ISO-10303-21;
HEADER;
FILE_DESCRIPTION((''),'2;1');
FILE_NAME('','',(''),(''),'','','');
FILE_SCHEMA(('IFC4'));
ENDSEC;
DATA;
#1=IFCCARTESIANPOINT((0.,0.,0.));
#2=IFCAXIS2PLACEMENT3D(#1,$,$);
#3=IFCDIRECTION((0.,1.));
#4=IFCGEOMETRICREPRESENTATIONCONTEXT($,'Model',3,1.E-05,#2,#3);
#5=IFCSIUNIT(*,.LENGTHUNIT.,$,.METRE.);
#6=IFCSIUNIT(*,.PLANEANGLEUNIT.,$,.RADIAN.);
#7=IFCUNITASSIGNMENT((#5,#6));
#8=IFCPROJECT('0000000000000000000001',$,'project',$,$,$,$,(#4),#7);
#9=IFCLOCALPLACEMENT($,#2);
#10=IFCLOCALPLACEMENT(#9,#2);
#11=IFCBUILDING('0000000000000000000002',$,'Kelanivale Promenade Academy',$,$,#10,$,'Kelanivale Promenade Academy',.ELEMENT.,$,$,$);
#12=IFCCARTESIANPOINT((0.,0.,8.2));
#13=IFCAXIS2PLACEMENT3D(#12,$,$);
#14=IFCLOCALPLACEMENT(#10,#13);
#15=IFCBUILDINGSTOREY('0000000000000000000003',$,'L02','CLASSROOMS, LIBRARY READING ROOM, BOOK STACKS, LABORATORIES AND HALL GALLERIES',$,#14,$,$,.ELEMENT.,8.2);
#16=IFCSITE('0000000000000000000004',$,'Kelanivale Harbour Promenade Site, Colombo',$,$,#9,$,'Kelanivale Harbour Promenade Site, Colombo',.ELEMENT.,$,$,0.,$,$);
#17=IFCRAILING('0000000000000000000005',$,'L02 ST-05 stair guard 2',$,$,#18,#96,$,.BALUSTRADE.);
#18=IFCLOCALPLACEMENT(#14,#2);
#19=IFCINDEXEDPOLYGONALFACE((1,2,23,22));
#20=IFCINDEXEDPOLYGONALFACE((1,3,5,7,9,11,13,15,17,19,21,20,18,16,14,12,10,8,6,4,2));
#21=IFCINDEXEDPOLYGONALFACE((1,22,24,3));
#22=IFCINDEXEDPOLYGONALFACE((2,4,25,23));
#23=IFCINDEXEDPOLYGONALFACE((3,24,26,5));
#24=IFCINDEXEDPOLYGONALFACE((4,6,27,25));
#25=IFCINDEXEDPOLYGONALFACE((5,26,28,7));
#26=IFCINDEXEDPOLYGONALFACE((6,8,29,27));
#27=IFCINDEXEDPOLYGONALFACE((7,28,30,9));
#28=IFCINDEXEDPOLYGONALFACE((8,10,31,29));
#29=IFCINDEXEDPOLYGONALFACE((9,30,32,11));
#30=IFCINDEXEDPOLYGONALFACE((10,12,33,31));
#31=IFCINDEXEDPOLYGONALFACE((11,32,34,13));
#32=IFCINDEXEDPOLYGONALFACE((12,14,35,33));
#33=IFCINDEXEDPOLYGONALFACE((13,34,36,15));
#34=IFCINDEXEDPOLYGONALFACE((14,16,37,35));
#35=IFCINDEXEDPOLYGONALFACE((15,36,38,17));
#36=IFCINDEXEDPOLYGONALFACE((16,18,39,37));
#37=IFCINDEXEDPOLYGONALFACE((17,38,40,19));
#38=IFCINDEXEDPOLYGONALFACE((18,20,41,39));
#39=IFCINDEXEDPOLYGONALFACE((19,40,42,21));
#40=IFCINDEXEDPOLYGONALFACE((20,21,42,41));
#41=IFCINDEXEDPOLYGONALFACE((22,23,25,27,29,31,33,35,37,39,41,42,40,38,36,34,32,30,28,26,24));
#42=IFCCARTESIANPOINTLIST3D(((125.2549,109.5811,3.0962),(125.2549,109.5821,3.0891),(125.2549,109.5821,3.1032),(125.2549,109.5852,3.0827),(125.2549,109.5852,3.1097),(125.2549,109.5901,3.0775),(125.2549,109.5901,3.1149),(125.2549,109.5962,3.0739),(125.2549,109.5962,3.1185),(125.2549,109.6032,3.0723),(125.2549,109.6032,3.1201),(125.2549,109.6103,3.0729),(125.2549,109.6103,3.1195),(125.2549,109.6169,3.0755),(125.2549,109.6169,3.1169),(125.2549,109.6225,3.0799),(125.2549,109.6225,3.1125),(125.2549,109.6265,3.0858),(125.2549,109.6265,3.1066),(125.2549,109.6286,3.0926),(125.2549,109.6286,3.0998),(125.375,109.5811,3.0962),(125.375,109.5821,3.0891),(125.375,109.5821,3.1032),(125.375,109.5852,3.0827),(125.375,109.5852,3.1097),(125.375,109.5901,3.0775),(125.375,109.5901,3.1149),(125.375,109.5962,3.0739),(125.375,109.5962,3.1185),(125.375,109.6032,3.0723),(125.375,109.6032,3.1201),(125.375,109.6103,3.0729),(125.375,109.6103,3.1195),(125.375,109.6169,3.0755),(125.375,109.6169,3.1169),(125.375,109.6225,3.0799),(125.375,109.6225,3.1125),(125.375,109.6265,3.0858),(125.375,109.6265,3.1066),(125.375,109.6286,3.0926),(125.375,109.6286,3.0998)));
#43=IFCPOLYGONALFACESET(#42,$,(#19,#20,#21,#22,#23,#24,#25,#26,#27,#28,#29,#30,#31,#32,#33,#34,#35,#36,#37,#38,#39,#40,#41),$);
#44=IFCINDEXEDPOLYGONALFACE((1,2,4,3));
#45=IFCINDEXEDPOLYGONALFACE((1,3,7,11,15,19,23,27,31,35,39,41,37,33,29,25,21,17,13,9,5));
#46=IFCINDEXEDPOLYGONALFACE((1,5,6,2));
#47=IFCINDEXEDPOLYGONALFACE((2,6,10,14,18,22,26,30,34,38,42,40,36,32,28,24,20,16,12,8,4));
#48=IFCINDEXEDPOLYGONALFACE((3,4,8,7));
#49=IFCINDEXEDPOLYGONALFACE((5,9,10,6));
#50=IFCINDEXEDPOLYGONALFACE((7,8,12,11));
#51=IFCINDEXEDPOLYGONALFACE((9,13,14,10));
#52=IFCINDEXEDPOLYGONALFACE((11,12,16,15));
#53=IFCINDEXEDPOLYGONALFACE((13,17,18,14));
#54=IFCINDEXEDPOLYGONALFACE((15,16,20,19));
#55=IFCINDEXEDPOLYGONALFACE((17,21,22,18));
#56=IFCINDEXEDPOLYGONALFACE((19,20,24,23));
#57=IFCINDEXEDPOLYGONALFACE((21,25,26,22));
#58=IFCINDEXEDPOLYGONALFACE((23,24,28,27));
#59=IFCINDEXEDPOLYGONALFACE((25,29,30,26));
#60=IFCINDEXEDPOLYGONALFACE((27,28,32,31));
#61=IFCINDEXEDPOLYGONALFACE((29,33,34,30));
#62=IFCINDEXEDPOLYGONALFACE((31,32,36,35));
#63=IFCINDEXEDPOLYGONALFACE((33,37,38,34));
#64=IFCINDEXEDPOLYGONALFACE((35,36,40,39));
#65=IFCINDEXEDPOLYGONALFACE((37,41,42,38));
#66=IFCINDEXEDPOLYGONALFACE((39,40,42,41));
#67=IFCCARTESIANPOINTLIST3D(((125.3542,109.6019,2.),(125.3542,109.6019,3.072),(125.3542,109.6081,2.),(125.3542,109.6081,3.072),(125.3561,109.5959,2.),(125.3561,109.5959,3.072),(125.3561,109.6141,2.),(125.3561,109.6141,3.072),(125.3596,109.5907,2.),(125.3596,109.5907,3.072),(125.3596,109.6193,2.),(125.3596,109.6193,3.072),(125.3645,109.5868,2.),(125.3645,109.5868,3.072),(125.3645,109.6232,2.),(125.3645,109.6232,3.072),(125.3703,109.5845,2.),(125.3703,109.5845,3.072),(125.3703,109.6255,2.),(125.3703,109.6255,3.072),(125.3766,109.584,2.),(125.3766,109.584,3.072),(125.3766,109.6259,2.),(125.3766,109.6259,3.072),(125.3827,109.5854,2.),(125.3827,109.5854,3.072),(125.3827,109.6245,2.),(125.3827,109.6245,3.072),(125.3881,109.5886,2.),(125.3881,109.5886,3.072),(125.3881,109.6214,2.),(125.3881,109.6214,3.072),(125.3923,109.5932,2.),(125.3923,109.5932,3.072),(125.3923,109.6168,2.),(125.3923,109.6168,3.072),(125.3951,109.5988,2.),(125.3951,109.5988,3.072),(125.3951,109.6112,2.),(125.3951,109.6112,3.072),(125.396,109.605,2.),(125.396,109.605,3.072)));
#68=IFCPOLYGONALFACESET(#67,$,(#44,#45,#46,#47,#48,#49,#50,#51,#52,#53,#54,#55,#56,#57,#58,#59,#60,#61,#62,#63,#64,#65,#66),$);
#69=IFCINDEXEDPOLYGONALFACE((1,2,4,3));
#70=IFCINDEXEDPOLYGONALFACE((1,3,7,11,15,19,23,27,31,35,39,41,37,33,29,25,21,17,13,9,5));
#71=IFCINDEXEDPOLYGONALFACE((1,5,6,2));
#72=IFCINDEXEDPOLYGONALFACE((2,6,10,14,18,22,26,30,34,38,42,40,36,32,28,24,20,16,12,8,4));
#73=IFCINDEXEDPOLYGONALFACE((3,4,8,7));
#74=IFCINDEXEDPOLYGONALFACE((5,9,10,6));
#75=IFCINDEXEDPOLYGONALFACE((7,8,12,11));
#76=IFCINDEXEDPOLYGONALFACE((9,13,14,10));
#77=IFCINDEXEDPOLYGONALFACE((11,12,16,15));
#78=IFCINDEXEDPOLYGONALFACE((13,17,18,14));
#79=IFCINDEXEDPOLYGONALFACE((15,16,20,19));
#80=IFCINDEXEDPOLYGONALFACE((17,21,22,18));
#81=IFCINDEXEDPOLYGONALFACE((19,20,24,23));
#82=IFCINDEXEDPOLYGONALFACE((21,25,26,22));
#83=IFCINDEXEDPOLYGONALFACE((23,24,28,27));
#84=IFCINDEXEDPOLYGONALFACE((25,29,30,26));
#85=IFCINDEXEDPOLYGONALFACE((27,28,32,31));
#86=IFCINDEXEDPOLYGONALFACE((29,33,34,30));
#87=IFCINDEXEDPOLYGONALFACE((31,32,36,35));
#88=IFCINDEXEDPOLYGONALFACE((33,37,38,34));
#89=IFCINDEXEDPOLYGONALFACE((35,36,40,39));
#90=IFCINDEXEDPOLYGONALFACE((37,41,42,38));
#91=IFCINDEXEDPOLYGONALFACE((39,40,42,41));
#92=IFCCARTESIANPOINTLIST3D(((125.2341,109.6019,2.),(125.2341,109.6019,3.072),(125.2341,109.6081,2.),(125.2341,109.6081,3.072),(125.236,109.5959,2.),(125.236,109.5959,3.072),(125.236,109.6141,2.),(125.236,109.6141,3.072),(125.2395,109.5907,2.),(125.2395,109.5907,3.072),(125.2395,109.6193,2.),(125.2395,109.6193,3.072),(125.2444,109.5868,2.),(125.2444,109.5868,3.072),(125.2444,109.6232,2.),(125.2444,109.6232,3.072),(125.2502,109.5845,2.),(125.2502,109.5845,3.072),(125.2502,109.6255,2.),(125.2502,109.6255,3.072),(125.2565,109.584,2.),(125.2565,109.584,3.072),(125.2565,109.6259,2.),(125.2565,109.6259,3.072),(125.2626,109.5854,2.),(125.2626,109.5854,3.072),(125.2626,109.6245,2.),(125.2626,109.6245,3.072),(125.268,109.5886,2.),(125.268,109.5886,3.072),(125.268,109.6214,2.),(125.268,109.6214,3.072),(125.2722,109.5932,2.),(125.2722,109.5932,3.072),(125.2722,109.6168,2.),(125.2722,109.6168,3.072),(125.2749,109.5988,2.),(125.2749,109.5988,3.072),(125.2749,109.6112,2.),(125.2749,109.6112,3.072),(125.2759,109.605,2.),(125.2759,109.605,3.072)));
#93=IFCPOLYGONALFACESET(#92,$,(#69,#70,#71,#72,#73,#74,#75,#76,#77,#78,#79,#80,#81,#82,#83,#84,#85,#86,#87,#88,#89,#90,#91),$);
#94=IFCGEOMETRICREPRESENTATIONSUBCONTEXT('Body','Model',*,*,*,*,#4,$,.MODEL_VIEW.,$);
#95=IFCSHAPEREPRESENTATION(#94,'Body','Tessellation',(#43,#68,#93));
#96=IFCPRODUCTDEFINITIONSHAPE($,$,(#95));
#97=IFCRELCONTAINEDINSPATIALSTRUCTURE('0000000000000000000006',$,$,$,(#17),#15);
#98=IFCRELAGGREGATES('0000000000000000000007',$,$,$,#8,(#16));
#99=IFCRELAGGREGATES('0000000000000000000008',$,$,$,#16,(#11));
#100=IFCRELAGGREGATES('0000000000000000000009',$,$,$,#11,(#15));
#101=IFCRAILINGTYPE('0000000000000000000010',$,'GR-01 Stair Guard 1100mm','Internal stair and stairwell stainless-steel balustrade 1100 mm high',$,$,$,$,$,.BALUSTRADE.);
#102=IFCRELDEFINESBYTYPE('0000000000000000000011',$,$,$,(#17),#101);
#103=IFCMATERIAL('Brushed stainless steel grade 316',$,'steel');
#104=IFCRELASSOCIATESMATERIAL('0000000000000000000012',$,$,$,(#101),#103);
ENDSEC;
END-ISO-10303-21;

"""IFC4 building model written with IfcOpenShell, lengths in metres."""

from ifc_helpers import new_model, si_unit, direction, frame, origin, origin_2d, place, context, subcontext, project, spatial, circle, extrude, material, type_object, element, save


model = new_model("IFC4")

# Units and contexts
model_context = context("Model", 3, precision=1e-05, world=origin(), true_north=direction((0.0, 1.0)))
body_context = subcontext(model_context, "Body", "Model", "MODEL_VIEW")
ifc_project = project(units=[si_unit("LENGTHUNIT", "METRE"), si_unit("PLANEANGLEUNIT", "RADIAN")], contexts=[model_context])

# Site, building, storey
site_placement = place(None, origin())
site = spatial("IfcSite", under=ifc_project, at=site_placement, Name="Kelanivale Harbour Promenade Site, Colombo", LongName="Kelanivale Harbour Promenade Site, Colombo", CompositionType="ELEMENT", RefElevation=0.0)
building_placement = place(site_placement, origin())
building = spatial("IfcBuilding", under=site, at=building_placement, Name="Kelanivale Promenade Academy", LongName="Kelanivale Promenade Academy", CompositionType="ELEMENT")
storey_placement = place(building_placement, frame((0.0, 0.0, 8.2)))
storey = spatial("IfcBuildingStorey", under=building, at=storey_placement, Name="L02", Description="CLASSROOMS, LIBRARY READING ROOM, BOOK STACKS, LABORATORIES AND HALL GALLERIES", CompositionType="ELEMENT", Elevation=8.2)

# Railing
ifc_material_1 = material(Name="Brushed stainless steel grade 316", Category="steel")
railing_type_1 = type_object("IfcRailingType", Name="GR-01 Stair Guard 1100mm", Description="Internal stair and stairwell stainless-steel balustrade 1100 mm high", PredefinedType="BALUSTRADE", material=ifc_material_1)
railing_1_placement = place(storey_placement, frame((125.375, 109.605, 2.0)))
element("IfcRailing", 1, at=railing_1_placement, inside=storey, type_object=railing_type_1, Name="L02 ST-05 stair guard 2", PredefinedType="BALUSTRADE", context=body_context, shape_type="SweptSolid", body=[
    extrude(circle(Radius=0.0239, at=origin_2d()), frame((0.0, 0.0, 1.0962), z_axis=(-1.0, 0.0, 0.0), x_axis=(0.0, -1.0, 0.0)), (0.0, 0.0, 1.0), 0.1201),
    extrude(circle(Radius=0.021, at=origin_2d()), origin(), (0.0, 0.0, 1.0), 1.072),
    extrude(circle(Radius=0.021, at=origin_2d()), frame((-0.1201, 0.0, 0.0)), (0.0, 0.0, 1.0), 1.072),
])

save(model, "model.ifc")
